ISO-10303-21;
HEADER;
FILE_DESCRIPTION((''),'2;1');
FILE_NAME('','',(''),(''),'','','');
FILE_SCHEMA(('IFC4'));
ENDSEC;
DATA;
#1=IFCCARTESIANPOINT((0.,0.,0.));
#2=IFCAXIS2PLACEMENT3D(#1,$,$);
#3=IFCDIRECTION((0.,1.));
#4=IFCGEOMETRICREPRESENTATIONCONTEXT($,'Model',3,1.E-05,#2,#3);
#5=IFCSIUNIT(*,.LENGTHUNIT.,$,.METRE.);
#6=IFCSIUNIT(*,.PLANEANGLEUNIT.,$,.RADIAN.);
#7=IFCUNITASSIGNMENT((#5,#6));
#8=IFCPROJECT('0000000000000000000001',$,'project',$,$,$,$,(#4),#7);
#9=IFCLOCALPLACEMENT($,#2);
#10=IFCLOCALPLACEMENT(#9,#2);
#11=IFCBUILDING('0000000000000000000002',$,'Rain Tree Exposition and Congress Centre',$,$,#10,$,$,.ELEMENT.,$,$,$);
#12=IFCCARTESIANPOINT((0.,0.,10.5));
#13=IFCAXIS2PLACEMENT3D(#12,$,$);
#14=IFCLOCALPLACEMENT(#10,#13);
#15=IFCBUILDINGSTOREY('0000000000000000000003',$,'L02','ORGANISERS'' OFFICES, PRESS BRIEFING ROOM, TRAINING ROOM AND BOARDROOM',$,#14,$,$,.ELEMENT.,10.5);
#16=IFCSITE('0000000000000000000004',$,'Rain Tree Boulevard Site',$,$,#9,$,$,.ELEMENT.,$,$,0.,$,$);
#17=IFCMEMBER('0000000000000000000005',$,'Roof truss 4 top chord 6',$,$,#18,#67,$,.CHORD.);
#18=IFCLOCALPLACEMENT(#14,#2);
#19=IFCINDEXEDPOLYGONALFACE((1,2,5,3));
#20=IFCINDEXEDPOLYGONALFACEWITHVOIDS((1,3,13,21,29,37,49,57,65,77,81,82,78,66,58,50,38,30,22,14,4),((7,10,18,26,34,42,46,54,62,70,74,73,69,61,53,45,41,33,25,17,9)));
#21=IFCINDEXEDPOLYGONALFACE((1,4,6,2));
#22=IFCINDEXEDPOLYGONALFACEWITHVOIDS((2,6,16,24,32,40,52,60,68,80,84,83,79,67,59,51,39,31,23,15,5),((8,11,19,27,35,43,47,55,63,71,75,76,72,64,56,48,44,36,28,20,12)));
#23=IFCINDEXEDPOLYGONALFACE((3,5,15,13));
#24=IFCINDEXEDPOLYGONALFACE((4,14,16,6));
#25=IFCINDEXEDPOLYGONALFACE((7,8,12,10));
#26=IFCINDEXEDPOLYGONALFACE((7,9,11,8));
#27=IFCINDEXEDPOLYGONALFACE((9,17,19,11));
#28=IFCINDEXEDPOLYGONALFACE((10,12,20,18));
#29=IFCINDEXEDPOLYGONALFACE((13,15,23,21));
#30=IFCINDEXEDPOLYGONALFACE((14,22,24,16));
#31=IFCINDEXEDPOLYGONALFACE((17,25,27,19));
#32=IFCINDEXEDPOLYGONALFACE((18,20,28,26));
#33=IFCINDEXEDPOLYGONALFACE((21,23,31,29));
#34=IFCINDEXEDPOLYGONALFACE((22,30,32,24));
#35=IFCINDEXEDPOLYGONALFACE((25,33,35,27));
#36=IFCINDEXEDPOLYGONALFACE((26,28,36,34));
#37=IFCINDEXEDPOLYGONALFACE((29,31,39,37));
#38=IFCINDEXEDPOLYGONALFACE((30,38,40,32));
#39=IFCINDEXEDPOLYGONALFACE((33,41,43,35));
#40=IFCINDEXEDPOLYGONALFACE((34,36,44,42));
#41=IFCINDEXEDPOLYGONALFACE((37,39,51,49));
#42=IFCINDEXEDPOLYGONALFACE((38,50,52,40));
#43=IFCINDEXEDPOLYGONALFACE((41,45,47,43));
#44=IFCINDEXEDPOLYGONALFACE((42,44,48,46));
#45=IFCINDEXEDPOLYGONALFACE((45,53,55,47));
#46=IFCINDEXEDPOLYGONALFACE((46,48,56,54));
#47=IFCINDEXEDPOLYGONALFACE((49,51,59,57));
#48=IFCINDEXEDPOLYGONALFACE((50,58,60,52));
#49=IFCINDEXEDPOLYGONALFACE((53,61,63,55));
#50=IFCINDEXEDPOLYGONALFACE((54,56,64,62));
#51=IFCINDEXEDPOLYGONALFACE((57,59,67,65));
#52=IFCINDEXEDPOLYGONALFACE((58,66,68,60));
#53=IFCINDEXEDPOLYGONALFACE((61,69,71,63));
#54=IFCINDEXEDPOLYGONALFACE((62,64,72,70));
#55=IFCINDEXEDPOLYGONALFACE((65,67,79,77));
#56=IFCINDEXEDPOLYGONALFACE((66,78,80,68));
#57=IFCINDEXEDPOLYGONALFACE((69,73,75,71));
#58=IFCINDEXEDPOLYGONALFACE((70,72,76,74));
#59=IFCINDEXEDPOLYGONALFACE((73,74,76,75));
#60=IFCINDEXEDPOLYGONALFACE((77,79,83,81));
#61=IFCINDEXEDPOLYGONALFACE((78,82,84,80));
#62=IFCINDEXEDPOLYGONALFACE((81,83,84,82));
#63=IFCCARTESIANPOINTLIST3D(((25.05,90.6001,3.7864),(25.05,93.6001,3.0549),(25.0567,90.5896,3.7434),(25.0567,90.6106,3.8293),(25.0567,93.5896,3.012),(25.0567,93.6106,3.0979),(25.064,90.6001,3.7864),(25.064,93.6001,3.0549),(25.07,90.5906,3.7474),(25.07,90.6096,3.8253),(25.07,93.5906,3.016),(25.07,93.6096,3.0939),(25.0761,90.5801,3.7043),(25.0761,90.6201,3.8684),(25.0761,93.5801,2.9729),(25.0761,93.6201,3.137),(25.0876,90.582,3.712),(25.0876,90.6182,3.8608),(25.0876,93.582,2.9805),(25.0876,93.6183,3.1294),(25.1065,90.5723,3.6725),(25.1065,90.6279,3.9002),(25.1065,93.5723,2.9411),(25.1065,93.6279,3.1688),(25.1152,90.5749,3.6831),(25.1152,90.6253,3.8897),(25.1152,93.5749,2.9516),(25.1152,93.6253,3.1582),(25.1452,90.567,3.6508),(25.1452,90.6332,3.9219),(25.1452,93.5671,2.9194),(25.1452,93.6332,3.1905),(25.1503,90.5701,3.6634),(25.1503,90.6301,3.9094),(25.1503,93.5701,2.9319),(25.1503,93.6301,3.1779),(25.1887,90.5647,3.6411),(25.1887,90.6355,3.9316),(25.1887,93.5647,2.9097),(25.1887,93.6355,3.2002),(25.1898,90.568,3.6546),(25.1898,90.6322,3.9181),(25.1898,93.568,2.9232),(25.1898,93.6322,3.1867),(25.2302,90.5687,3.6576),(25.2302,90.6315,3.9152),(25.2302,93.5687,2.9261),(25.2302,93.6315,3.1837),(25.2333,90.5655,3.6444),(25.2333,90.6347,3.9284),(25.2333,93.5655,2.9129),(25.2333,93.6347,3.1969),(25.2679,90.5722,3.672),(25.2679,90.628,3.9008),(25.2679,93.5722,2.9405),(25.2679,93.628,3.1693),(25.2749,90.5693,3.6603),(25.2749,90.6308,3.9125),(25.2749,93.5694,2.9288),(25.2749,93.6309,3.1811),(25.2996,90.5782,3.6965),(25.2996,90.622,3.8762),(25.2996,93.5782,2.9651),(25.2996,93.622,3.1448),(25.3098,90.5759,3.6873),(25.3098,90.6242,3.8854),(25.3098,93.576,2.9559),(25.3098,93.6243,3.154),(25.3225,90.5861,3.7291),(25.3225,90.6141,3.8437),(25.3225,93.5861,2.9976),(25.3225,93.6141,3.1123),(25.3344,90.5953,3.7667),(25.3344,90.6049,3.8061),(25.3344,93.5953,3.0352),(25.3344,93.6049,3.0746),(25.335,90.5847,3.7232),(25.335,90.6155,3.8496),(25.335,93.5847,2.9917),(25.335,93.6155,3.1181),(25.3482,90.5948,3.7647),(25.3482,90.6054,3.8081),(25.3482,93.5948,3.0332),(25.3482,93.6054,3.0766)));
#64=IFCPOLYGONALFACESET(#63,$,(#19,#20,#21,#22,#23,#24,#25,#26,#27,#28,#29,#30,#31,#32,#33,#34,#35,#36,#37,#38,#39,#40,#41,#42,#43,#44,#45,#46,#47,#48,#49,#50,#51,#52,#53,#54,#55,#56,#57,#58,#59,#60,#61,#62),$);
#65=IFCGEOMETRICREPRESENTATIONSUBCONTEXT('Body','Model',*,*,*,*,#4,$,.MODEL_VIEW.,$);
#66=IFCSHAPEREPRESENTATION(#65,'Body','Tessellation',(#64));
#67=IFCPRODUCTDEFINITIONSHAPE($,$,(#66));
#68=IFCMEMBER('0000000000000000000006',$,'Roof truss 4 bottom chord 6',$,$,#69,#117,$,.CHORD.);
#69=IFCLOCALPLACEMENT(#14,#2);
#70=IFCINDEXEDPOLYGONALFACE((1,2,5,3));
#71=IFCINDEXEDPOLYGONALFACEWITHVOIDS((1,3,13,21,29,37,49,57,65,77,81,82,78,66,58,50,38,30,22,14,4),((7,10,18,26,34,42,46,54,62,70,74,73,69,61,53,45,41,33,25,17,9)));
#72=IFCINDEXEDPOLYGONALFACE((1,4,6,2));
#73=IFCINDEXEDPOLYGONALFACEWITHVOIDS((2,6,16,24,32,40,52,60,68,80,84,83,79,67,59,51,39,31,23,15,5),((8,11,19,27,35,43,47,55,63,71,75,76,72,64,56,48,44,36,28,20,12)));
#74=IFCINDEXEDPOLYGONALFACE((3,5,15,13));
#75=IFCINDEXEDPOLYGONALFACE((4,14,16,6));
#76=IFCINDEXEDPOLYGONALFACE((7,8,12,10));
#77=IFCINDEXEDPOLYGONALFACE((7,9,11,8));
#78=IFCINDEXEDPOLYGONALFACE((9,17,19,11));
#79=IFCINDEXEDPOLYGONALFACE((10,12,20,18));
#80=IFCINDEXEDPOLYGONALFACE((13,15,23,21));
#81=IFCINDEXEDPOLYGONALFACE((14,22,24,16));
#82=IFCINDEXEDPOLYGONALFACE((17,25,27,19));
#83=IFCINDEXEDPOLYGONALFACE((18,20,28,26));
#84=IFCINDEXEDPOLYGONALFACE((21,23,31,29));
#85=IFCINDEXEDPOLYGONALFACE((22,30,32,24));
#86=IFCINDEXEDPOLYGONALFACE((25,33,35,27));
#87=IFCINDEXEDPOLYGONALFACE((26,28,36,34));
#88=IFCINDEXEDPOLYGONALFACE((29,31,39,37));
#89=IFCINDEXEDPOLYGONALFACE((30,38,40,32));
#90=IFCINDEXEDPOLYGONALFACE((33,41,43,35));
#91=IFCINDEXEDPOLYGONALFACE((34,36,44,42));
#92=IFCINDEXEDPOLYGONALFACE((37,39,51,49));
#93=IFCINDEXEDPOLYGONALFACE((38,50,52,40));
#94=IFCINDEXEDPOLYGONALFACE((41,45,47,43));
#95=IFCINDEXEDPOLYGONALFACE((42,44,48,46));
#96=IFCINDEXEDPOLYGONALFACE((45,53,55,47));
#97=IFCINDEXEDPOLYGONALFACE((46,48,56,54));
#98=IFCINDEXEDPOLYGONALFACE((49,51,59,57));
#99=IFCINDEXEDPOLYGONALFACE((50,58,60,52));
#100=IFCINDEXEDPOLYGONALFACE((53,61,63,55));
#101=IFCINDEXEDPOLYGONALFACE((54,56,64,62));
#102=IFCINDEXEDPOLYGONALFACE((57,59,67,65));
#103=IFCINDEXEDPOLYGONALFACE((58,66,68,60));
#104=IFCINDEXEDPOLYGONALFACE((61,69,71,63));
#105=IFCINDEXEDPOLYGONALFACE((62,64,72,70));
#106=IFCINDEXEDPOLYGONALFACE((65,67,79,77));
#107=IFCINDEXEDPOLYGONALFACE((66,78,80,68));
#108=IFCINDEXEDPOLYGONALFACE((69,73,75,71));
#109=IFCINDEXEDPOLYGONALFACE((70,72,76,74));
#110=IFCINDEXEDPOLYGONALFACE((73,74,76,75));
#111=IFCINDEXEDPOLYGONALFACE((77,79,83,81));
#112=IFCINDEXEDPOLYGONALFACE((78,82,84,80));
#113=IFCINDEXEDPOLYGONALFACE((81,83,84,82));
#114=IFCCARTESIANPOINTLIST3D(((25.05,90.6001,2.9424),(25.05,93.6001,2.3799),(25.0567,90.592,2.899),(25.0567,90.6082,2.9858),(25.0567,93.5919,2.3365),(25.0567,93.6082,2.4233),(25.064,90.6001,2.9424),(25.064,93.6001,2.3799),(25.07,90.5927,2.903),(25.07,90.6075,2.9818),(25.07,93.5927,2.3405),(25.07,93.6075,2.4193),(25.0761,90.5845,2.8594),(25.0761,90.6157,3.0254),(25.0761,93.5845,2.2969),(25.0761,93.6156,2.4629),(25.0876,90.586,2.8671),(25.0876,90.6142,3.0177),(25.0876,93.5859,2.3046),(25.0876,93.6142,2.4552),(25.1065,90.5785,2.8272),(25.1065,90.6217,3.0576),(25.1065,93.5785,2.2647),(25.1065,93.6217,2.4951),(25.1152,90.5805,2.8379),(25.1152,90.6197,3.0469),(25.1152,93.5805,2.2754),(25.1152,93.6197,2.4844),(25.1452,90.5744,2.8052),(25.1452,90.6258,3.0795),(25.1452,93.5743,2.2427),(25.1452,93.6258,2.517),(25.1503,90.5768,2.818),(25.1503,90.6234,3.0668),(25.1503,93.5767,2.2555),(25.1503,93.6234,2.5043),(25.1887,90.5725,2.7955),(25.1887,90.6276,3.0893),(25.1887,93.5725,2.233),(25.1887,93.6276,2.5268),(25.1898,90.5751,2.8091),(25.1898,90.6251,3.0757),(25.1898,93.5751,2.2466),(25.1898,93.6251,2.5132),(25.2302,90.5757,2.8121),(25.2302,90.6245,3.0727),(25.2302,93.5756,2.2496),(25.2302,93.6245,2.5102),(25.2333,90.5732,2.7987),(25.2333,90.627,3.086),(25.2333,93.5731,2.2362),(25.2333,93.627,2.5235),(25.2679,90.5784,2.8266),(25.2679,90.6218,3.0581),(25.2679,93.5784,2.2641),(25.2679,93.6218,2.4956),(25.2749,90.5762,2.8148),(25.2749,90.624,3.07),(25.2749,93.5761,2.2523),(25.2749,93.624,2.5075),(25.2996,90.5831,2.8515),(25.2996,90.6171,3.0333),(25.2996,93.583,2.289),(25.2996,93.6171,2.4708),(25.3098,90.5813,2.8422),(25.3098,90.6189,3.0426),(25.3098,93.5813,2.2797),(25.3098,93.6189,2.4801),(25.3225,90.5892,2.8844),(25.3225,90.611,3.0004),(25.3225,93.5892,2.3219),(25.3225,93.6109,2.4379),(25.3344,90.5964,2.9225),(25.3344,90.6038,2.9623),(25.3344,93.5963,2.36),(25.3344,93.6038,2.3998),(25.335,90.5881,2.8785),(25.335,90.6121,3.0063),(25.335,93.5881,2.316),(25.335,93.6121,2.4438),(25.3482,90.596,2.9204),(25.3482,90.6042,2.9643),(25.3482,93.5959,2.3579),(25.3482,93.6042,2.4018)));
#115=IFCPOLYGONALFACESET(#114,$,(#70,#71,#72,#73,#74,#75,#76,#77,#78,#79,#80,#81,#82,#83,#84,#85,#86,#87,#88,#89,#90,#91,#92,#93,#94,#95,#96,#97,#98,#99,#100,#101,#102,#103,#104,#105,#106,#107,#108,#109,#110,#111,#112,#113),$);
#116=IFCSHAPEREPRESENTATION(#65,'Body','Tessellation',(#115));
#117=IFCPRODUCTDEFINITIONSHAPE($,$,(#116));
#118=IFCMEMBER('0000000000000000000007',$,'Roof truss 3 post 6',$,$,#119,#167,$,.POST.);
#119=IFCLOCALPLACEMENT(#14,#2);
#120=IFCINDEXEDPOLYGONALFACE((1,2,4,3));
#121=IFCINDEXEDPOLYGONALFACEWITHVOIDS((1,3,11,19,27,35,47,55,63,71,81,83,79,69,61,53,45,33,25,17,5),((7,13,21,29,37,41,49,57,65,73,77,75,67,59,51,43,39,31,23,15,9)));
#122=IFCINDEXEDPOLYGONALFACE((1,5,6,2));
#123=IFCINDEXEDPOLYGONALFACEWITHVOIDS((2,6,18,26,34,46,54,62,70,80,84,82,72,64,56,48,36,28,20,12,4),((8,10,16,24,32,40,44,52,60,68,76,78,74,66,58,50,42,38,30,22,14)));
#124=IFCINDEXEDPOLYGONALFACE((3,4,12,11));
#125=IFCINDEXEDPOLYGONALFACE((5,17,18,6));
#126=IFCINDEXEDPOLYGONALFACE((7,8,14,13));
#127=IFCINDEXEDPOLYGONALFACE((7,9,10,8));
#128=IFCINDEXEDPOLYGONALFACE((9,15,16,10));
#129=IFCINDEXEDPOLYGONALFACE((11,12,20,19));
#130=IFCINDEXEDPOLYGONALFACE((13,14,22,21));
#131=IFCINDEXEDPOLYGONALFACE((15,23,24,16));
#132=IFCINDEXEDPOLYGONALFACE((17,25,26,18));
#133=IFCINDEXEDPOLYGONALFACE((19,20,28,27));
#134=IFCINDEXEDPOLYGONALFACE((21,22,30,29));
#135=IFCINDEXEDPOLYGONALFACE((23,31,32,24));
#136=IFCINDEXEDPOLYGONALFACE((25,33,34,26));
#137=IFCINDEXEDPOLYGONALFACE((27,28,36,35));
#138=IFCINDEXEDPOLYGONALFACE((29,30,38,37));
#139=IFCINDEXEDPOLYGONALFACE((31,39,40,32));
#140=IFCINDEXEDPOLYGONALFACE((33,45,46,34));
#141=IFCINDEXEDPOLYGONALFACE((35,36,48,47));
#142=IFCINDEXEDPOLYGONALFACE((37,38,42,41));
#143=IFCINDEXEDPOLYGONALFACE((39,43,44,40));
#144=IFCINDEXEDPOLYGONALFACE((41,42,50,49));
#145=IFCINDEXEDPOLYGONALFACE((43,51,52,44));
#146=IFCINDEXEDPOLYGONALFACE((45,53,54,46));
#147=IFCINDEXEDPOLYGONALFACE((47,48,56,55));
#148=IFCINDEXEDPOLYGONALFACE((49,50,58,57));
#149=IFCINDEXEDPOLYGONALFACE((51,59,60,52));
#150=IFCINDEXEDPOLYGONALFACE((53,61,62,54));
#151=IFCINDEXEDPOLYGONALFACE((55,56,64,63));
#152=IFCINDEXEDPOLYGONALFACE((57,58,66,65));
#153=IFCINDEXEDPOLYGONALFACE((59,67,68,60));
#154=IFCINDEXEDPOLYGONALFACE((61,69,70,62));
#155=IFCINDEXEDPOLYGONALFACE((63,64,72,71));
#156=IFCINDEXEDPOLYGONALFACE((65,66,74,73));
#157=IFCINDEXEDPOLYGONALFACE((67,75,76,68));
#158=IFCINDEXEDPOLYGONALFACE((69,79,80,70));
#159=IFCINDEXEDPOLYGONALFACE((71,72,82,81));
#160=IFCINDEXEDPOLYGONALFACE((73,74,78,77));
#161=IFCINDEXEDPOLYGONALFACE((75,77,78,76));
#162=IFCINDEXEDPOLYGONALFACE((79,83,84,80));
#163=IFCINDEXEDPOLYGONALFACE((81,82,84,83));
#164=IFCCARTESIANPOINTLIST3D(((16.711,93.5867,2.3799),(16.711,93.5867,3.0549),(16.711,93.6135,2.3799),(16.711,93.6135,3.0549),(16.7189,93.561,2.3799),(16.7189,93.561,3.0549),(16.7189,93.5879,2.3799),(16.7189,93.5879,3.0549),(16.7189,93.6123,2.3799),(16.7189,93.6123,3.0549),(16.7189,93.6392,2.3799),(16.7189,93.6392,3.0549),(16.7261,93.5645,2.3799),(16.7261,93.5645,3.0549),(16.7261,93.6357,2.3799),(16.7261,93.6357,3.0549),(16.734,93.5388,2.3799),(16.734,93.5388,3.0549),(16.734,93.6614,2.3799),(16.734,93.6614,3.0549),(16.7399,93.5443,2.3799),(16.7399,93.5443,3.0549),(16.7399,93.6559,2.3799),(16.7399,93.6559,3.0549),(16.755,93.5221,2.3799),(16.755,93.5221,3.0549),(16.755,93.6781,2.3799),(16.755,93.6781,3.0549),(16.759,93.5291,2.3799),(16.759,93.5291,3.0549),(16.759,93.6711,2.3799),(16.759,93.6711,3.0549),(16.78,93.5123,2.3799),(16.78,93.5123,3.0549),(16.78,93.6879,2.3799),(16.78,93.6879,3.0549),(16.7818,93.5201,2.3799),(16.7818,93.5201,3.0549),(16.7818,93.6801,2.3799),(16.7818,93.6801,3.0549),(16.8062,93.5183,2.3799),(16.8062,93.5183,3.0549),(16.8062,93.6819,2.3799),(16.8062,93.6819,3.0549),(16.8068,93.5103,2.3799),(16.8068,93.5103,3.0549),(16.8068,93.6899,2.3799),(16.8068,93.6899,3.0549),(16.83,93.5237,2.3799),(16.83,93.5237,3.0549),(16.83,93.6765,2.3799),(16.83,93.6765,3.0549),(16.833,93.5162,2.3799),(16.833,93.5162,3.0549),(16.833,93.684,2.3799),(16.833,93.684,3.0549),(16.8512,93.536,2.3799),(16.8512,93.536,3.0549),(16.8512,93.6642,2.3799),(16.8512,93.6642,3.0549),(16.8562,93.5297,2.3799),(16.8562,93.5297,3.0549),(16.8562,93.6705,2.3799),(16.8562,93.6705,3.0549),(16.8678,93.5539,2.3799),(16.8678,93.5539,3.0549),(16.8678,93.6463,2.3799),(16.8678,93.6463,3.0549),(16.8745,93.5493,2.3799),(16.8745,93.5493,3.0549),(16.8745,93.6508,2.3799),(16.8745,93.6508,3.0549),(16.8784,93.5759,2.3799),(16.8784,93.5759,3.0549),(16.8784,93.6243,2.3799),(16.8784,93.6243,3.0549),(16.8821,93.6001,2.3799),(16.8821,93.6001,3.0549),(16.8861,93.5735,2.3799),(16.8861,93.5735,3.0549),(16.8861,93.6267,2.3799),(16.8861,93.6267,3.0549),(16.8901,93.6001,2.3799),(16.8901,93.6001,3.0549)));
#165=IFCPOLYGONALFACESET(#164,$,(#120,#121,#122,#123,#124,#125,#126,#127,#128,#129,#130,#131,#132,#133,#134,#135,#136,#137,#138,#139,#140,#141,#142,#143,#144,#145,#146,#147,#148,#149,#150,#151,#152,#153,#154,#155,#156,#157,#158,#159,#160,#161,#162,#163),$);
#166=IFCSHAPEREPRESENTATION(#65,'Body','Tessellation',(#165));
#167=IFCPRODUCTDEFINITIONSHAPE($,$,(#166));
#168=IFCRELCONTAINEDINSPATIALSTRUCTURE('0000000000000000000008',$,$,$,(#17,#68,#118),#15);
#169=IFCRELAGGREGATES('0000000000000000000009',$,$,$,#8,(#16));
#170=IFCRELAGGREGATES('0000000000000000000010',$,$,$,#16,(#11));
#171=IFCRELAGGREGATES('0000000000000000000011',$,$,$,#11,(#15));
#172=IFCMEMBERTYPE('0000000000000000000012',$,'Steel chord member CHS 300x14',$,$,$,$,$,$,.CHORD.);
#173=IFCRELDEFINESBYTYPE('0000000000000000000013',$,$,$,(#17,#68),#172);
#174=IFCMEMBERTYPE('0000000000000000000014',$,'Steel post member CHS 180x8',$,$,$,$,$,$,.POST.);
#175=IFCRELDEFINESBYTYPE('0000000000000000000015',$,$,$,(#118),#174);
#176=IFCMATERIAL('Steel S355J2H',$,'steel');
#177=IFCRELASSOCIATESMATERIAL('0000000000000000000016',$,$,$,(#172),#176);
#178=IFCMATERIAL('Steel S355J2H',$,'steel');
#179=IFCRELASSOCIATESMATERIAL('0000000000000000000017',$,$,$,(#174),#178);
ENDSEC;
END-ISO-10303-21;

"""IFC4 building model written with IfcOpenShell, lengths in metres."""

from ifc_helpers import new_model, si_unit, direction, frame, origin, origin_2d, place, context, subcontext, project, spatial, hollow_circle, extrude, material, material_profile, profile_set, type_object, element, save


model = new_model("IFC4")

# Units and contexts
model_context = context("Model", 3, precision=1e-05, world=origin(), true_north=direction((0.0, 1.0)))
body_context = subcontext(model_context, "Body", "Model", "MODEL_VIEW")
ifc_project = project(units=[si_unit("LENGTHUNIT", "METRE"), si_unit("PLANEANGLEUNIT", "RADIAN")], contexts=[model_context])

# Site, building, storey
site_placement = place(None, origin())
site = spatial("IfcSite", under=ifc_project, at=site_placement, Name="Rain Tree Boulevard Site", CompositionType="ELEMENT", RefElevation=0.0)
building_placement = place(site_placement, origin())
building = spatial("IfcBuilding", under=site, at=building_placement, Name="Rain Tree Exposition and Congress Centre", CompositionType="ELEMENT")
storey_placement = place(building_placement, frame((0.0, 0.0, 10.5)))
storey = spatial("IfcBuildingStorey", under=building, at=storey_placement, Name="L02", Description="ORGANISERS' OFFICES, PRESS BRIEFING ROOM, TRAINING ROOM AND BOARDROOM", CompositionType="ELEMENT", Elevation=10.5)

# Members
ifc_material_1 = material(Name="Steel S355J2H", Category="steel")
ifc_material_profile_1 = material_profile(ifc_material_1, hollow_circle(Radius=0.1499, WallThickness=0.0139, at=origin_2d()), Name="CHS 300x14")
ifc_profile_set_1 = profile_set([ifc_material_profile_1], Name="Steel S355J2H")
member_type_1 = type_object("IfcMemberType", Name="Steel chord member CHS 300x14", PredefinedType="CHORD", material=ifc_profile_set_1)
member_1_placement = place(storey_placement, frame((25.2, 90.6001, 3.7864), z_axis=(0.0, 0.97154, -0.236876), x_axis=(-1.0, 0.0, 0.0)))
element("IfcMember", 1, at=member_1_placement, inside=storey, type_object=member_type_1, Name="Roof truss 4 top chord 6", PredefinedType="CHORD", context=body_context, shape_type="SweptSolid", body=[
    extrude(hollow_circle(Radius=0.1499, WallThickness=0.0139, at=origin_2d()), origin(), (0.0, 0.0, 1.0), 3.0879),
])
member_2_placement = place(storey_placement, frame((25.2, 90.6001, 2.9424), z_axis=(0.0, 0.982872, -0.184289), x_axis=(-1.0, 0.0, 0.0)))
element("IfcMember", 2, at=member_2_placement, inside=storey, type_object=member_type_1, Name="Roof truss 4 bottom chord 6", PredefinedType="CHORD", context=body_context, shape_type="SweptSolid", body=[
    extrude(hollow_circle(Radius=0.1499, WallThickness=0.0139, at=origin_2d()), origin(), (0.0, 0.0, 1.0), 3.0522),
])
ifc_material_2 = material(Name="Steel S355J2H", Category="steel")
ifc_material_profile_2 = material_profile(ifc_material_2, hollow_circle(Radius=0.0901, WallThickness=0.0081, at=origin_2d()), Name="CHS 180x8")
ifc_profile_set_2 = profile_set([ifc_material_profile_2], Name="Steel S355J2H")
member_type_2 = type_object("IfcMemberType", Name="Steel post member CHS 180x8", PredefinedType="POST", material=ifc_profile_set_2)
for number, where, z_axis, x_axis, name in (
    (3, (16.8, 93.6001, 2.3799), (0.0, 0.0, 1.0), (1.0, 0.0, 0.0), "Roof truss 3 post 6"),
):
    element("IfcMember", number, at=place(storey_placement, frame(where, z_axis=z_axis, x_axis=x_axis)), inside=storey, type_object=member_type_2, Name=name, PredefinedType="POST", context=body_context, shape_type="SweptSolid", body=[
        extrude(hollow_circle(Radius=0.0901, WallThickness=0.0081, at=origin_2d()), origin(), (0.0, 0.0, 1.0), 0.675),
    ])

save(model, "model.ifc")
